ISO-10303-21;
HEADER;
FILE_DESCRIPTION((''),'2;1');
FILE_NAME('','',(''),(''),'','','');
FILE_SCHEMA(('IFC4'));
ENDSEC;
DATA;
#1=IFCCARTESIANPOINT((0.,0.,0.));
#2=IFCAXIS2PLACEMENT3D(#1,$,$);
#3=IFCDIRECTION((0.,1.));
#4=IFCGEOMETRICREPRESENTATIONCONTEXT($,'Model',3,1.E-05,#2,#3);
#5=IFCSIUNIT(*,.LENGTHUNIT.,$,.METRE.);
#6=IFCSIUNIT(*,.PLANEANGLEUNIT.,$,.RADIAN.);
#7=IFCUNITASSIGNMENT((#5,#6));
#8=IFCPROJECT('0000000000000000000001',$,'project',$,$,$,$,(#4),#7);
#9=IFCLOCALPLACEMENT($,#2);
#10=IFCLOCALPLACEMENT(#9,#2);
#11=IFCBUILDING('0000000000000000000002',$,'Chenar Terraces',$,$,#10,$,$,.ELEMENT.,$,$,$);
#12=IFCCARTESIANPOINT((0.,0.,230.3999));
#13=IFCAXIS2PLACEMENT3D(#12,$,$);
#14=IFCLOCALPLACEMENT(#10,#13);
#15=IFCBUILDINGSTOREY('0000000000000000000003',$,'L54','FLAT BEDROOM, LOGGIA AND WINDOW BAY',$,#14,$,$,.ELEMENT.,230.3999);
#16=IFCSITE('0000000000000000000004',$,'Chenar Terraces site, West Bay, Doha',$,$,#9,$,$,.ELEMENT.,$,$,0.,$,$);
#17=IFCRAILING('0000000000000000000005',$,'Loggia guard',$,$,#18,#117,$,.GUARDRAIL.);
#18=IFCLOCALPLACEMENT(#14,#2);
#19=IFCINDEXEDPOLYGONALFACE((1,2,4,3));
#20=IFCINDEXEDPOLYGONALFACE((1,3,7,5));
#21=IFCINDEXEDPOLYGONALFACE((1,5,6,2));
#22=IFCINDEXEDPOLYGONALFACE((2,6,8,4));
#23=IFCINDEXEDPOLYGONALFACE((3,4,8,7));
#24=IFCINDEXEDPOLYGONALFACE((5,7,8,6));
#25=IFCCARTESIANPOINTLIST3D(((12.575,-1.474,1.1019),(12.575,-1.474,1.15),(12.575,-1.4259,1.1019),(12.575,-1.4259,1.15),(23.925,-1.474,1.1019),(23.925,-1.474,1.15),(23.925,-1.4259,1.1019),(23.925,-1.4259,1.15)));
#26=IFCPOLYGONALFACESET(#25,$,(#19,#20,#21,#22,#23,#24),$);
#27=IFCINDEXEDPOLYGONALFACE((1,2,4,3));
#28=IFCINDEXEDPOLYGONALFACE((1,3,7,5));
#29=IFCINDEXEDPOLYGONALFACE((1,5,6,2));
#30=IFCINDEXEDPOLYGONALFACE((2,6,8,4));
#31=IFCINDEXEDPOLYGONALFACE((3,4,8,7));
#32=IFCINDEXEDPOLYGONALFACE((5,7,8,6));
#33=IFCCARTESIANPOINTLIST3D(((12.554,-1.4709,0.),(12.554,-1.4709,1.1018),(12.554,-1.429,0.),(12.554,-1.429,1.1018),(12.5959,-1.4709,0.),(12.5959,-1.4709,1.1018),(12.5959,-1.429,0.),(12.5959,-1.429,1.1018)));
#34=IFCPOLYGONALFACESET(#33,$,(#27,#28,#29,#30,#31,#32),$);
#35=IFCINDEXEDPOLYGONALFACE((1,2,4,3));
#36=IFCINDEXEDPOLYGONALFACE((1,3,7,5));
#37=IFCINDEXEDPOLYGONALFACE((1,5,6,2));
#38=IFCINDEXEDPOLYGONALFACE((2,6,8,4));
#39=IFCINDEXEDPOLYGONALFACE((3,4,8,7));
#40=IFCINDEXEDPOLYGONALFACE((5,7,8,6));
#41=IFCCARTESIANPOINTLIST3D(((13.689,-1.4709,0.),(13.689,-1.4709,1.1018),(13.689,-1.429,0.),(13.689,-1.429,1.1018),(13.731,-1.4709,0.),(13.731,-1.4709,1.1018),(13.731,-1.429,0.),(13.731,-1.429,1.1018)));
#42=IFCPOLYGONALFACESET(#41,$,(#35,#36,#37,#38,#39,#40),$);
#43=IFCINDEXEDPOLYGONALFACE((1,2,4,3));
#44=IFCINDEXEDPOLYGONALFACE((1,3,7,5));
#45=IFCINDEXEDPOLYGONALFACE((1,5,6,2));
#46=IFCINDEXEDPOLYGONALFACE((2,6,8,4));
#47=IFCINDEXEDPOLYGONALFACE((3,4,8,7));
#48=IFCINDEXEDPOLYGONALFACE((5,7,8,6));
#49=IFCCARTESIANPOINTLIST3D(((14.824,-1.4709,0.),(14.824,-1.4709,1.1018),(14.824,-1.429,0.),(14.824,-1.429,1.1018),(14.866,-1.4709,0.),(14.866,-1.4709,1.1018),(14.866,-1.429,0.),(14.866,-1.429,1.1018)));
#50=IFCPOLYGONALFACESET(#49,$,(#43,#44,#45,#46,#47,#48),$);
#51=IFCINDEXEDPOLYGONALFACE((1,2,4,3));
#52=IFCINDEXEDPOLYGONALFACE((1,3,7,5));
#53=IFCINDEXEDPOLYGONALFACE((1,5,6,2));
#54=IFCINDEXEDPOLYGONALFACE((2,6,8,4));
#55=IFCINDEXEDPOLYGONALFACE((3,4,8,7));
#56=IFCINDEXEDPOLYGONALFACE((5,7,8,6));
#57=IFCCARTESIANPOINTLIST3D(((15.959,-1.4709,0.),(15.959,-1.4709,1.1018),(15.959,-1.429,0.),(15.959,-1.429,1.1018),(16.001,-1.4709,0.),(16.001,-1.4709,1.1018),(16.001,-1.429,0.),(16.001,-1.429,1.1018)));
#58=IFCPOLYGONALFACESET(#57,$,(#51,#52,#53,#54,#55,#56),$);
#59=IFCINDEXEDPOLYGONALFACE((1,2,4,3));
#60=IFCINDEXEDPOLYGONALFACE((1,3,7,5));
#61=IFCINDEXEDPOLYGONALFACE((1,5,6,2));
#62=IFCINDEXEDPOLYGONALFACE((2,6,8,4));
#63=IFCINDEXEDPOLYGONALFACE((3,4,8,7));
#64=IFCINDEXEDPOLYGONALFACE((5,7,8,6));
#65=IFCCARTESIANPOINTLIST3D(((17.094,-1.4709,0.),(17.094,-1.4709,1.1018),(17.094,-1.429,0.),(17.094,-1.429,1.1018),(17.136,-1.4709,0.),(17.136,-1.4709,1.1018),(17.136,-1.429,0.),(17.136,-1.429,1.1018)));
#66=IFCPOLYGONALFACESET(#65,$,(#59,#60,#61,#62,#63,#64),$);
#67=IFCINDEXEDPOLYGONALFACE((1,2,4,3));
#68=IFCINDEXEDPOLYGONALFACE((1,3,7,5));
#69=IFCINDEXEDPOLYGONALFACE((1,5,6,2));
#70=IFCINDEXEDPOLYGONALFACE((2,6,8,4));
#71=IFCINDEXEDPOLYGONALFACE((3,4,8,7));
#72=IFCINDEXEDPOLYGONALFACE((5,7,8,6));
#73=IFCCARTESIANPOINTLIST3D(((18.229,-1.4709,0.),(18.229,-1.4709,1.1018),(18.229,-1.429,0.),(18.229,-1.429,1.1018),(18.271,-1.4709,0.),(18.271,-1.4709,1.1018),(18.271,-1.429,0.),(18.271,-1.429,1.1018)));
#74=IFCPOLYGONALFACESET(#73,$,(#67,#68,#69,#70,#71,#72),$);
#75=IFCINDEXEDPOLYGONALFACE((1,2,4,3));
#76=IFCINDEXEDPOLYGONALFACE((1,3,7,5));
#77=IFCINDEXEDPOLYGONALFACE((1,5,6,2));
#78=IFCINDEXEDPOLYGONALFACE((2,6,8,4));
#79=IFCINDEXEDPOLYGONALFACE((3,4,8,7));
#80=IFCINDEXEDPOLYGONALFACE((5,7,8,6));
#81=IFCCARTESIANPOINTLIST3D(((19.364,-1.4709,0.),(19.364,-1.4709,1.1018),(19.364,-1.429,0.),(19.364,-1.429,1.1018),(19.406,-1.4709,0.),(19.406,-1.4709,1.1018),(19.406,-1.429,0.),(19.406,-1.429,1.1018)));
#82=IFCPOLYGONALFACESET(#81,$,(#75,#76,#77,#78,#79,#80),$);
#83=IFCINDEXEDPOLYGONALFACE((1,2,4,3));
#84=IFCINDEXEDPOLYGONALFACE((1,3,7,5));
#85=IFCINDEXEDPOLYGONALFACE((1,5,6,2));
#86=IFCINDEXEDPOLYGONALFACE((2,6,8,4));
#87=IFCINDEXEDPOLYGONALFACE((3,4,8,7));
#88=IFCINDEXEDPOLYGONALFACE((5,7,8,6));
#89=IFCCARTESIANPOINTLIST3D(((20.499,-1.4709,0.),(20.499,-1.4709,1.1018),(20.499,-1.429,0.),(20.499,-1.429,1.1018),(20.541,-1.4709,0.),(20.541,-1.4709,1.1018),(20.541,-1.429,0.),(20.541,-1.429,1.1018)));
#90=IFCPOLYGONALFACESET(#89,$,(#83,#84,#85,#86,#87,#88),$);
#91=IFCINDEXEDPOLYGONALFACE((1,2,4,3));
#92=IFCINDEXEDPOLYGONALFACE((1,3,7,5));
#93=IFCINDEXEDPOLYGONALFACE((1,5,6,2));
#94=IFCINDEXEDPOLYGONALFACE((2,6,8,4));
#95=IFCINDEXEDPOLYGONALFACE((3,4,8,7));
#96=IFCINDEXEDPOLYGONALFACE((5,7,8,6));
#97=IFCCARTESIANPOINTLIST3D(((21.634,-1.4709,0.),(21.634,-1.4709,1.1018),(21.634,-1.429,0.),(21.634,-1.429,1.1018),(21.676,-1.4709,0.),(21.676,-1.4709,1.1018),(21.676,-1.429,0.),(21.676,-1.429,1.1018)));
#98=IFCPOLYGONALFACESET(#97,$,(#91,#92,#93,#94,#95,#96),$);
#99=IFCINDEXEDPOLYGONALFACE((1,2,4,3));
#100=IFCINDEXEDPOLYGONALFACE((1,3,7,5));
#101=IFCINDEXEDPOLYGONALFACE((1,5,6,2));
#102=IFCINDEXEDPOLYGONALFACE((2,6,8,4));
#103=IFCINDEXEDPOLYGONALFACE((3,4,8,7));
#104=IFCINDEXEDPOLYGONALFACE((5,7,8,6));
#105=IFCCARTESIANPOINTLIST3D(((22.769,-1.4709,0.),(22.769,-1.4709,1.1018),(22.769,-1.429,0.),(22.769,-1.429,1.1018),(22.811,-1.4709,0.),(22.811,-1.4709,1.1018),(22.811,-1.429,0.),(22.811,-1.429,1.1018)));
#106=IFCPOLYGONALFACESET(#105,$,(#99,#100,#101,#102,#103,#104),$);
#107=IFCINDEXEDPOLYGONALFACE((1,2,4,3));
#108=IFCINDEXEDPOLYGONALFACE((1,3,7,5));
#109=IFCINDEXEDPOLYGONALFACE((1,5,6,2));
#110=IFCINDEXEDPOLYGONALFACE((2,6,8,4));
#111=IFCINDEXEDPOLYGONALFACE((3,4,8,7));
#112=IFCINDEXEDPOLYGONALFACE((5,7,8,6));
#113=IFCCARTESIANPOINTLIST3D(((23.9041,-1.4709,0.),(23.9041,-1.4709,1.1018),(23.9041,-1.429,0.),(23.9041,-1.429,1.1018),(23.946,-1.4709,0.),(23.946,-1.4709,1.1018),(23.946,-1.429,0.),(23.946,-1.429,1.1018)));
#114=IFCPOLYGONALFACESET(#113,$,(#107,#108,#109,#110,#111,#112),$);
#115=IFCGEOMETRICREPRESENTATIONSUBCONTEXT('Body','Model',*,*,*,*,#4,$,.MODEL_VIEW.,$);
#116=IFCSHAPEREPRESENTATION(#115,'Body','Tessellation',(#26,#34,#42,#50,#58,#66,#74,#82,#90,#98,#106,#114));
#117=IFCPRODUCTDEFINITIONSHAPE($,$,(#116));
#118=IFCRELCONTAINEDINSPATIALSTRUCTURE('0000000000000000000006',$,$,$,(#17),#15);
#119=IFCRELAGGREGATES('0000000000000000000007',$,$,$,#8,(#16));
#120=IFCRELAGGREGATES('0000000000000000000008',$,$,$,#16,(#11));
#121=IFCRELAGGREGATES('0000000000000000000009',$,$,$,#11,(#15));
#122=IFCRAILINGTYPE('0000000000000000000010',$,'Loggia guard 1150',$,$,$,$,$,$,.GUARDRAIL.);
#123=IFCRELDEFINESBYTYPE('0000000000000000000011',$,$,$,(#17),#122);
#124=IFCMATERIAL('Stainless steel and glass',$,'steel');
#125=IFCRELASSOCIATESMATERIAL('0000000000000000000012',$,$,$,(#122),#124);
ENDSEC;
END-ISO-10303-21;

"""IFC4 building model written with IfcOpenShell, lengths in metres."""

from ifc_helpers import new_model, si_unit, direction, frame, origin, origin_2d, place, context, subcontext, project, spatial, rectangle, extrude, material, type_object, element, save


model = new_model("IFC4")

# Units and contexts
model_context = context("Model", 3, precision=1e-05, world=origin(), true_north=direction((0.0, 1.0)))
body_context = subcontext(model_context, "Body", "Model", "MODEL_VIEW")
ifc_project = project(units=[si_unit("LENGTHUNIT", "METRE"), si_unit("PLANEANGLEUNIT", "RADIAN")], contexts=[model_context])

# Site, building, storey
site_placement = place(None, origin())
site = spatial("IfcSite", under=ifc_project, at=site_placement, Name="Chenar Terraces site, West Bay, Doha", CompositionType="ELEMENT", RefElevation=0.0)
building_placement = place(site_placement, origin())
building = spatial("IfcBuilding", under=site, at=building_placement, Name="Chenar Terraces", CompositionType="ELEMENT")
storey_placement = place(building_placement, frame((0.0, 0.0, 230.3999)))
storey = spatial("IfcBuildingStorey", under=building, at=storey_placement, Name="L54", Description="FLAT BEDROOM, LOGGIA AND WINDOW BAY", CompositionType="ELEMENT", Elevation=230.3999)

# Railing
ifc_material_1 = material(Name="Stainless steel and glass", Category="steel")
railing_type = type_object("IfcRailingType", Name="Loggia guard 1150", PredefinedType="GUARDRAIL", material=ifc_material_1)
railing_placement = place(storey_placement, frame((12.575, -1.45, 0.0)))
element("IfcRailing", 1, at=railing_placement, inside=storey, type_object=railing_type, Name="Loggia guard", PredefinedType="GUARDRAIL", context=body_context, shape_type="SweptSolid", body=[
    extrude(rectangle(XDim=0.0481, YDim=0.0481, at=origin_2d()), frame((0.0, 0.0, 1.126), z_axis=(1.0, 0.0, 0.0), x_axis=(0.0, 1.0, 0.0)), (0.0, 0.0, 1.0), 11.3501),
    extrude(rectangle(XDim=0.042, YDim=0.042, at=origin_2d()), origin(), (0.0, 0.0, 1.0), 1.1018),
    extrude(rectangle(XDim=0.042, YDim=0.042, at=origin_2d()), frame((1.135, 0.0, 0.0)), (0.0, 0.0, 1.0), 1.1018),
    extrude(rectangle(XDim=0.042, YDim=0.042, at=origin_2d()), frame((2.27, 0.0, 0.0)), (0.0, 0.0, 1.0), 1.1018),
    extrude(rectangle(XDim=0.042, YDim=0.042, at=origin_2d()), frame((3.405, 0.0, 0.0)), (0.0, 0.0, 1.0), 1.1018),
    extrude(rectangle(XDim=0.042, YDim=0.042, at=origin_2d()), frame((4.54, 0.0, 0.0)), (0.0, 0.0, 1.0), 1.1018),
    extrude(rectangle(XDim=0.042, YDim=0.042, at=origin_2d()), frame((5.675, 0.0, 0.0)), (0.0, 0.0, 1.0), 1.1018),
    extrude(rectangle(XDim=0.042, YDim=0.042, at=origin_2d()), frame((6.8101, 0.0, 0.0)), (0.0, 0.0, 1.0), 1.1018),
    extrude(rectangle(XDim=0.042, YDim=0.042, at=origin_2d()), frame((7.9451, 0.0, 0.0)), (0.0, 0.0, 1.0), 1.1018),
    extrude(rectangle(XDim=0.042, YDim=0.042, at=origin_2d()), frame((9.0801, 0.0, 0.0)), (0.0, 0.0, 1.0), 1.1018),
    extrude(rectangle(XDim=0.042, YDim=0.042, at=origin_2d()), frame((10.2151, 0.0, 0.0)), (0.0, 0.0, 1.0), 1.1018),
    extrude(rectangle(XDim=0.042, YDim=0.042, at=origin_2d()), frame((11.3501, 0.0, 0.0)), (0.0, 0.0, 1.0), 1.1018),
])

save(model, "model.ifc")
